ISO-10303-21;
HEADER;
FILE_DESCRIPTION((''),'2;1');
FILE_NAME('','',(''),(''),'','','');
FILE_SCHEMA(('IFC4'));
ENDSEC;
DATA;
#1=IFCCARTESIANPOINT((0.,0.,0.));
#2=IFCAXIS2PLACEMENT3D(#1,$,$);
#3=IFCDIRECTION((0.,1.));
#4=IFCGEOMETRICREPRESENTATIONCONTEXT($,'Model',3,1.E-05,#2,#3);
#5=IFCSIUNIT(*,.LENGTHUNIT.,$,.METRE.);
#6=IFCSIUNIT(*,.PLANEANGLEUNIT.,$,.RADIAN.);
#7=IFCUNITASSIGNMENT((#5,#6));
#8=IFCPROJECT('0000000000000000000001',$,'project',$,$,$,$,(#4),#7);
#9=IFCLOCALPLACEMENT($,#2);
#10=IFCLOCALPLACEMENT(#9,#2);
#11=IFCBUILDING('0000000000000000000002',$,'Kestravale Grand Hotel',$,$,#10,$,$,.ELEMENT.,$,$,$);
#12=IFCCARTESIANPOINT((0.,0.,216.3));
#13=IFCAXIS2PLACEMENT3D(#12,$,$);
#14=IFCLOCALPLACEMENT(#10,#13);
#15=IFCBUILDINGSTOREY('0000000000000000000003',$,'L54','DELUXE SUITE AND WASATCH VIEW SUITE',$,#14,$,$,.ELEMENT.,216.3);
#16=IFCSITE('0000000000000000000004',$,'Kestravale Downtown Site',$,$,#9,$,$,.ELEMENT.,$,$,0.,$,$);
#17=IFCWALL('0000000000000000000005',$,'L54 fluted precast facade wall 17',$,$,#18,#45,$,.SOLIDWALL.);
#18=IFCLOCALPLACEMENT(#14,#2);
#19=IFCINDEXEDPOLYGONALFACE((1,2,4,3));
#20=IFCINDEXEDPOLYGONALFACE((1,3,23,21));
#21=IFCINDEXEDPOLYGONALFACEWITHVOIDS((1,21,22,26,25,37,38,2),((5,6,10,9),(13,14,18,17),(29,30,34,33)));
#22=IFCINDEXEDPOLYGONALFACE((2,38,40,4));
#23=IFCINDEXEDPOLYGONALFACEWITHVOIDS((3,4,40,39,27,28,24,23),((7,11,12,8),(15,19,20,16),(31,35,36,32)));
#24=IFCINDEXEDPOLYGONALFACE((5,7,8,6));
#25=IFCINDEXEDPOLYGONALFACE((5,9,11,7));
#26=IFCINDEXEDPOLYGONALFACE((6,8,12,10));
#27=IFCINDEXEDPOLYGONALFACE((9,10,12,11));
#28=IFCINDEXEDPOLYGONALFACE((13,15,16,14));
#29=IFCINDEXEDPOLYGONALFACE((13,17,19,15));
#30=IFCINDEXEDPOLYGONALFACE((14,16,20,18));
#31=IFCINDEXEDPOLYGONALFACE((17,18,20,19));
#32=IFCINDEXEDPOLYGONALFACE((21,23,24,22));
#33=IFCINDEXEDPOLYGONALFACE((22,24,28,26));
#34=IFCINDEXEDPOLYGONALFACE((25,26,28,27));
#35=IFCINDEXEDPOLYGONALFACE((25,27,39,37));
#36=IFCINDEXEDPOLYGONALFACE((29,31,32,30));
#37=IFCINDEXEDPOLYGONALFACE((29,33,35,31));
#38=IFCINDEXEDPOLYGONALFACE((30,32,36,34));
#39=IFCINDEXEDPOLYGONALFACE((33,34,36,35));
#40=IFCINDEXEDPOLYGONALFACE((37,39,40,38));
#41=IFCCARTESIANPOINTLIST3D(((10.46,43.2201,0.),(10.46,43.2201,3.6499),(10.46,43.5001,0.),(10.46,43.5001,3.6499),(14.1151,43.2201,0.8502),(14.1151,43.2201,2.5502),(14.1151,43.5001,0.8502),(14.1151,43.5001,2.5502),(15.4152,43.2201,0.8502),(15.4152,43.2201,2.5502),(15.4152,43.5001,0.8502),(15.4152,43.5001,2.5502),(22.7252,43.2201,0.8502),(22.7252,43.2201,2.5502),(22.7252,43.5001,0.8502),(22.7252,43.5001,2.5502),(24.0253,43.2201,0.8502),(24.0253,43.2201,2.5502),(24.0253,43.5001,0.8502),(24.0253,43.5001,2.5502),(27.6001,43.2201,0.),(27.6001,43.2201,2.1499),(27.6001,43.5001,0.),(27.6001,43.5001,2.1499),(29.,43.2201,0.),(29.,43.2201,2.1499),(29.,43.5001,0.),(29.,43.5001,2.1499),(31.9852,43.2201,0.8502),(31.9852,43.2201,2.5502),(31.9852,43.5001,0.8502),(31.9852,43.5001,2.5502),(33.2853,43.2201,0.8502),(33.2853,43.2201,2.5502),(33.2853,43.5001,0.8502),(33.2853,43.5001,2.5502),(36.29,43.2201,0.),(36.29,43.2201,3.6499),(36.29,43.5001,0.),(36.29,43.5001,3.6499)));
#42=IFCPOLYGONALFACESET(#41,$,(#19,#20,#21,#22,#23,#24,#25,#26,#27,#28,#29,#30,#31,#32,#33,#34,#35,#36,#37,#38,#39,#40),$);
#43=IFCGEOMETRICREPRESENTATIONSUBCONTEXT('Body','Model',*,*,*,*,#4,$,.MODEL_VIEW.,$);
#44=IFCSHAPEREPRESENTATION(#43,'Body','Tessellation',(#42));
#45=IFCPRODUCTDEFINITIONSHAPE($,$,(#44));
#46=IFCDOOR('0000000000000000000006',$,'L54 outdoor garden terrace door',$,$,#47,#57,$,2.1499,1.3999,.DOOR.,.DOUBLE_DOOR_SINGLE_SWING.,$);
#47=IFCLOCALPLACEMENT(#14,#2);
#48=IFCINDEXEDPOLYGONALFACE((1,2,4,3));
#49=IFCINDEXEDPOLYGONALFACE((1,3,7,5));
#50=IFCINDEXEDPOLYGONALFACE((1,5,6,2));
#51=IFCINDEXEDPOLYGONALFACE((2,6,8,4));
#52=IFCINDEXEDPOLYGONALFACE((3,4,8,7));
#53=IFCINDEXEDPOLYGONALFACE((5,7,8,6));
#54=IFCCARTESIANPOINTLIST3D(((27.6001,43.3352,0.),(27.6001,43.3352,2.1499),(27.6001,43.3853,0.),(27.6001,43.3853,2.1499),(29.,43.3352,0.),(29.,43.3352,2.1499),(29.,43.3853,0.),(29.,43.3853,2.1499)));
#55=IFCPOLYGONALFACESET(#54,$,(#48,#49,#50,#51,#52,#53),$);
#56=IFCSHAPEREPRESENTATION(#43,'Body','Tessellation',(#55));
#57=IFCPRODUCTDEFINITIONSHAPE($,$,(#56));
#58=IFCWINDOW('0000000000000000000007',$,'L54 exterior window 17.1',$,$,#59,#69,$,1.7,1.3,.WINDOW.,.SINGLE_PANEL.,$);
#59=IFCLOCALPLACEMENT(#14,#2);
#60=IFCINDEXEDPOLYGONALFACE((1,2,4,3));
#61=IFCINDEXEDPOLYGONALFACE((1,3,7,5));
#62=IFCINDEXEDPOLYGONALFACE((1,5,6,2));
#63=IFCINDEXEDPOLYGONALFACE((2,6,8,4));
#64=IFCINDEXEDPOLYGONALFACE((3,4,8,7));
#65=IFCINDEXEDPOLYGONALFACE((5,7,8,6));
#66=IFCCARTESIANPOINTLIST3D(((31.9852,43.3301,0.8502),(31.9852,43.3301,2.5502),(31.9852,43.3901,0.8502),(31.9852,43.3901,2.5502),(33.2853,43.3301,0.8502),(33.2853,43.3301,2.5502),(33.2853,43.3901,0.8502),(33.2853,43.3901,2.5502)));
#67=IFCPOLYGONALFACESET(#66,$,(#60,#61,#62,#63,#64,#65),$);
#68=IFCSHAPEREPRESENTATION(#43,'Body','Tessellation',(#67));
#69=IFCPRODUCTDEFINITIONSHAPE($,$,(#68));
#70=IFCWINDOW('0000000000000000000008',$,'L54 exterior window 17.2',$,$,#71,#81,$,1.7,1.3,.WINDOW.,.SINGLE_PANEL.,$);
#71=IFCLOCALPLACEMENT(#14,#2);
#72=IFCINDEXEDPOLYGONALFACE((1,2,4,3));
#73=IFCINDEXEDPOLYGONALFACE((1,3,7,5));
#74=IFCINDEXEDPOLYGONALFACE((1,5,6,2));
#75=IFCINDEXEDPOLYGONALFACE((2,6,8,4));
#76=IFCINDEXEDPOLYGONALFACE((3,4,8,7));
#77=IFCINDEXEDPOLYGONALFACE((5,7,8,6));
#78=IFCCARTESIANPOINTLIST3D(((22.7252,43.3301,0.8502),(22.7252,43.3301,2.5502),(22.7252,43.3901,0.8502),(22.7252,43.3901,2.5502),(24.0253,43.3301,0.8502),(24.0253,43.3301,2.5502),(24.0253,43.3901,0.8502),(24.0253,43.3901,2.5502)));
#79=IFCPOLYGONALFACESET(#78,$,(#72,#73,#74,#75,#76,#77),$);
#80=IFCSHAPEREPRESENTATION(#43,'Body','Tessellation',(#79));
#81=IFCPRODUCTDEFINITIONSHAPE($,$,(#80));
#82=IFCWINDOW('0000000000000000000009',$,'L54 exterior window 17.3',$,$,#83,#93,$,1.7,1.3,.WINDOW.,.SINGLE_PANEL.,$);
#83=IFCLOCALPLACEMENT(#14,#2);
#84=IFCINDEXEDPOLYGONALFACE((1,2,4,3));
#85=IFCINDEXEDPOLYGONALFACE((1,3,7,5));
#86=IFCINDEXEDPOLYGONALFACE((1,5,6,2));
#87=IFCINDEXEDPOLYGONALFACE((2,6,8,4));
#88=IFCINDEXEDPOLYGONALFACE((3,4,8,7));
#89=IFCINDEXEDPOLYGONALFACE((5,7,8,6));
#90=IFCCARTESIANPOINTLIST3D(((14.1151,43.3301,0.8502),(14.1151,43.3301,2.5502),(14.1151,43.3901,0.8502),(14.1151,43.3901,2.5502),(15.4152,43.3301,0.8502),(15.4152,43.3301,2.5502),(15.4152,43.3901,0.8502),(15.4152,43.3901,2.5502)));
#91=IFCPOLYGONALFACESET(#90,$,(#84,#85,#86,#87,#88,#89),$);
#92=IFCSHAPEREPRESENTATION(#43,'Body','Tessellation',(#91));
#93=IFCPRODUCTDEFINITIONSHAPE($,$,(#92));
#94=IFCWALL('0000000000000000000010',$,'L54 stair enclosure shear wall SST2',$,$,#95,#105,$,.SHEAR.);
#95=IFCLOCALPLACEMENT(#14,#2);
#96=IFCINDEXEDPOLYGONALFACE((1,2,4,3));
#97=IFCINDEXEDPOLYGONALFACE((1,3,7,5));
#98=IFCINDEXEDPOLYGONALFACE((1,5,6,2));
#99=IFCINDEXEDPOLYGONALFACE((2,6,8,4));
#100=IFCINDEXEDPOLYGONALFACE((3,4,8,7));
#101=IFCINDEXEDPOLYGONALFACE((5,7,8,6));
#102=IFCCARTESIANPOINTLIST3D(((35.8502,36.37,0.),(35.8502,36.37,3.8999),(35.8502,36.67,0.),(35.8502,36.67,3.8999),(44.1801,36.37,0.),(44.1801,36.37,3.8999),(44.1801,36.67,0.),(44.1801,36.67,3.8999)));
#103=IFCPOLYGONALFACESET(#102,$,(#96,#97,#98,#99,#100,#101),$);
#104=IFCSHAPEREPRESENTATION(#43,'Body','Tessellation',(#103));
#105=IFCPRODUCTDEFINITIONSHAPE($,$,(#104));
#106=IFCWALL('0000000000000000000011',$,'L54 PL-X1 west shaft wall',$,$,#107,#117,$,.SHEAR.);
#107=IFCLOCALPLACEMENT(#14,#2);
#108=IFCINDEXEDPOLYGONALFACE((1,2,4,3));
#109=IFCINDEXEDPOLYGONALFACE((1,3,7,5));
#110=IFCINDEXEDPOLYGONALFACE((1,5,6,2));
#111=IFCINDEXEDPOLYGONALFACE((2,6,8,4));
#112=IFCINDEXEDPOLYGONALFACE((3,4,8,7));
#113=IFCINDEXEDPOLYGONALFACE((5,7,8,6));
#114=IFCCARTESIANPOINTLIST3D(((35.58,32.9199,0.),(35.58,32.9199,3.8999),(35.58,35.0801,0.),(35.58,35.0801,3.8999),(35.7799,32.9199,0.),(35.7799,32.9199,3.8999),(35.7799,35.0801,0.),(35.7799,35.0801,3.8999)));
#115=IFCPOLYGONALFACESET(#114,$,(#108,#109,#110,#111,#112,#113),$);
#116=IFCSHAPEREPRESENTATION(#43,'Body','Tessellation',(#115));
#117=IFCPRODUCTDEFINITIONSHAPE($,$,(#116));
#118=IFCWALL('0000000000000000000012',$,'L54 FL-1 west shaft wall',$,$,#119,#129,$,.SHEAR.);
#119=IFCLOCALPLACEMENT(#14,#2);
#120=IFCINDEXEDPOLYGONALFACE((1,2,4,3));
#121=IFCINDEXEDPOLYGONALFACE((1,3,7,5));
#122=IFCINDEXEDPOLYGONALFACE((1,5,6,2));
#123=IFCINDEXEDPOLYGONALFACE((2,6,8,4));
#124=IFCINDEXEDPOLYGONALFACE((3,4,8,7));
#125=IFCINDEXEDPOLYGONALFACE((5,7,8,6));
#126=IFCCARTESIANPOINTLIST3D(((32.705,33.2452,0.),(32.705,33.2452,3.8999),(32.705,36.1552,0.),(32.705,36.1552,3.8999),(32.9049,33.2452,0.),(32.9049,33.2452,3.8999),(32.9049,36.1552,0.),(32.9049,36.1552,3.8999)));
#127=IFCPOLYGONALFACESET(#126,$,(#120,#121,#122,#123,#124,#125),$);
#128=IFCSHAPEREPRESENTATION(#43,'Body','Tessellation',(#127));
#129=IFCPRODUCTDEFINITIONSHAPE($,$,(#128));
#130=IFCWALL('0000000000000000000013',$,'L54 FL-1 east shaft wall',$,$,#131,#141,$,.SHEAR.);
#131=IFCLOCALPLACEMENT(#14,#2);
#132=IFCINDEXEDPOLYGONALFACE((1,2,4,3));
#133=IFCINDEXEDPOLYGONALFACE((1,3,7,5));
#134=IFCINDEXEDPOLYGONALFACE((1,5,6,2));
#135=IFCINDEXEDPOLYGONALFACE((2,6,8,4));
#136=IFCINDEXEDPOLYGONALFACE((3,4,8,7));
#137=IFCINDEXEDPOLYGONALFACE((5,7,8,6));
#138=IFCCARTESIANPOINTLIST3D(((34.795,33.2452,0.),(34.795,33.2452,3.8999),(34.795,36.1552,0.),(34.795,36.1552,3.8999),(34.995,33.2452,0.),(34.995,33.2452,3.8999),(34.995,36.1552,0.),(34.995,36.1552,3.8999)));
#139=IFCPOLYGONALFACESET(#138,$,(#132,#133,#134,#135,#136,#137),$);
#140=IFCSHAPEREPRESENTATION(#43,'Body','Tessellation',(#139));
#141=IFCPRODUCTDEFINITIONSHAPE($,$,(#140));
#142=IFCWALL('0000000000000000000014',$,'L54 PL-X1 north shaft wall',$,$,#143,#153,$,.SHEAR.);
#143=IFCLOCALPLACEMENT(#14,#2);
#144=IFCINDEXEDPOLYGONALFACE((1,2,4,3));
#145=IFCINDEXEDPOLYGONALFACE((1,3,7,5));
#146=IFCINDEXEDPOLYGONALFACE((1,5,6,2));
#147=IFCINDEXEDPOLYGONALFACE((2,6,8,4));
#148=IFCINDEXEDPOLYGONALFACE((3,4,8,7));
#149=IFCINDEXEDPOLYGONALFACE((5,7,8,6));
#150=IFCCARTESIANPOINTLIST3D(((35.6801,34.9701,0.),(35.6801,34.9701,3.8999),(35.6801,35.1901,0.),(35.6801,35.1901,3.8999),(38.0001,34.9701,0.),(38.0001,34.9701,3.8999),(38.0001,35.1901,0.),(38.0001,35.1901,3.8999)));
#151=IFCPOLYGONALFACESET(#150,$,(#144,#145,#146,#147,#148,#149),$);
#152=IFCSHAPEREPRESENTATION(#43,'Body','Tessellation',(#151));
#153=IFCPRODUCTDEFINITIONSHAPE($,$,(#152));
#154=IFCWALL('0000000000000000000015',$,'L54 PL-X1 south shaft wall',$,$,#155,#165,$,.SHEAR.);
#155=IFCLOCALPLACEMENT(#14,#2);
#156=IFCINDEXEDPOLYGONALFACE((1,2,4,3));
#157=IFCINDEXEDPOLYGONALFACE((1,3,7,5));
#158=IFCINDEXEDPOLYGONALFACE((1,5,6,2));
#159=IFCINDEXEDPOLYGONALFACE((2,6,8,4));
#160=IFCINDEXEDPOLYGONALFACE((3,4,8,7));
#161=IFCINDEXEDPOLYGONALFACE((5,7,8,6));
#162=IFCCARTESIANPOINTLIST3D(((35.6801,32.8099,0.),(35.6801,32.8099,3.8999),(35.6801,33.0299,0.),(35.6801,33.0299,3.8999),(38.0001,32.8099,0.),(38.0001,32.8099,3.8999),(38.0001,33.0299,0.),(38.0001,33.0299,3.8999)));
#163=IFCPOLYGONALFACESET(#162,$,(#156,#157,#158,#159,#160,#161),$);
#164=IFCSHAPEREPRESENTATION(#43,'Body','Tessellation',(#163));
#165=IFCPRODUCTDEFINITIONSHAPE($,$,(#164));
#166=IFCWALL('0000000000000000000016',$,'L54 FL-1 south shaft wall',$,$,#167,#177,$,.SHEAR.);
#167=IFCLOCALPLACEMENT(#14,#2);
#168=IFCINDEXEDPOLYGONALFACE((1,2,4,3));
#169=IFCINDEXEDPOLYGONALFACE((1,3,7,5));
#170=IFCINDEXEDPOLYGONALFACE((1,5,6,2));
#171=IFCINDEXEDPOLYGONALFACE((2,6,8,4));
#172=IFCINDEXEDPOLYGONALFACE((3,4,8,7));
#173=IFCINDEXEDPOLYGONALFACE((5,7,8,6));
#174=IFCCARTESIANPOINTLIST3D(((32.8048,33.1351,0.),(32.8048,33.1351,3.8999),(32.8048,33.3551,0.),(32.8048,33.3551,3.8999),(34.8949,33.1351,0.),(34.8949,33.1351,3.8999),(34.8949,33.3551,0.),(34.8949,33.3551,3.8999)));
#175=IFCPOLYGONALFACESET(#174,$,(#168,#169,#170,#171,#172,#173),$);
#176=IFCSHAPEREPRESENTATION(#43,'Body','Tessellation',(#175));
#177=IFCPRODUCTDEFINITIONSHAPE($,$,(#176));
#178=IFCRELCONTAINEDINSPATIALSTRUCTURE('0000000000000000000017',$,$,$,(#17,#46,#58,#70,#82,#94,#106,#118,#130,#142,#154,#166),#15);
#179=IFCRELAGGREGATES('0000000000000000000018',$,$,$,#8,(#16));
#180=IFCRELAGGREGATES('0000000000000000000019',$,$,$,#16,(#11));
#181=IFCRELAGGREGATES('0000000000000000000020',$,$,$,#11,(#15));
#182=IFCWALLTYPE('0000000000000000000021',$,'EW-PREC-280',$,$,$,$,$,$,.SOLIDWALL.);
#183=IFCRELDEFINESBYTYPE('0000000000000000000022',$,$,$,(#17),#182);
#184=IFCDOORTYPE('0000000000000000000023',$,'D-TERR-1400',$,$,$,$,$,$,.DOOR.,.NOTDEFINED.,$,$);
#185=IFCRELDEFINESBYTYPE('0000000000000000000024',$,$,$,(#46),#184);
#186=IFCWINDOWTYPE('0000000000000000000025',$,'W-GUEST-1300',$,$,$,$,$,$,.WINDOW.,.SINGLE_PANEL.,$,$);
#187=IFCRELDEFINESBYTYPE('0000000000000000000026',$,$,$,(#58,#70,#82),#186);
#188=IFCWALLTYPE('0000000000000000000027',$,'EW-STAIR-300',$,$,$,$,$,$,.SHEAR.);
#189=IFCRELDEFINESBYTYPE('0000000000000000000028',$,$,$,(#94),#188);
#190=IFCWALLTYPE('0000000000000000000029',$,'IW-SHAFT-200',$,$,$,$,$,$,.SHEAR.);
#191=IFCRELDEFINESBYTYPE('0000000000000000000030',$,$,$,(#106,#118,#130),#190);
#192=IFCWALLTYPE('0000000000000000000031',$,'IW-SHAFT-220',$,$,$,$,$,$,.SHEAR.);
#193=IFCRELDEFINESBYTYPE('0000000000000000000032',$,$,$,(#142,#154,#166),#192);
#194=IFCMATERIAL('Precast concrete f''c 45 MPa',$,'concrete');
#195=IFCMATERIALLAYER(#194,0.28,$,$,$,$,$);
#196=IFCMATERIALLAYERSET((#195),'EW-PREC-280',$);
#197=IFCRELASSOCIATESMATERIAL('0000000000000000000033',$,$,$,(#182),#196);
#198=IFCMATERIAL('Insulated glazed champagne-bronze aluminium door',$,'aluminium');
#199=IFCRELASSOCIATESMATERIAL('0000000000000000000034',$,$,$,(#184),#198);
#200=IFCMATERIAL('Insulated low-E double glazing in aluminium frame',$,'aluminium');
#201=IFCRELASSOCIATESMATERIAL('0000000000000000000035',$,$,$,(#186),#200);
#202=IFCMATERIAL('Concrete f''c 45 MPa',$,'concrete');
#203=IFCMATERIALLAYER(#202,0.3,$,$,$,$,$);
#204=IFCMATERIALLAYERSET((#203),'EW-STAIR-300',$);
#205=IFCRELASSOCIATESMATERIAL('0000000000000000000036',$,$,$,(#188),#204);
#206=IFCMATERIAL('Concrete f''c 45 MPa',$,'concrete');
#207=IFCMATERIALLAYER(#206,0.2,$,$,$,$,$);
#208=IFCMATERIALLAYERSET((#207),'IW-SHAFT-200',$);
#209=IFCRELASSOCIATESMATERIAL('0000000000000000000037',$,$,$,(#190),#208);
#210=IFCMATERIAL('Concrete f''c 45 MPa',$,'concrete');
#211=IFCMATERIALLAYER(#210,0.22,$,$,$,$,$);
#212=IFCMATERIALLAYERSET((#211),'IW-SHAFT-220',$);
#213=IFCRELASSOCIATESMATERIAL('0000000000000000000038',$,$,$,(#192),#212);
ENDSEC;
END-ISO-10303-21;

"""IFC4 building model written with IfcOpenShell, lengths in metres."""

from ifc_helpers import new_model, si_unit, direction, frame, frame_2d, origin, place, context, subcontext, project, spatial, rectangle, extrude, material, layer, layer_set, type_object, element, fill, save


model = new_model("IFC4")

# Units and contexts
model_context = context("Model", 3, precision=1e-05, world=origin(), true_north=direction((0.0, 1.0)))
body_context = subcontext(model_context, "Body", "Model", "MODEL_VIEW")
ifc_project = project(units=[si_unit("LENGTHUNIT", "METRE"), si_unit("PLANEANGLEUNIT", "RADIAN")], contexts=[model_context])

# Site, building, storey
site_placement = place(None, origin())
site = spatial("IfcSite", under=ifc_project, at=site_placement, Name="Kestravale Downtown Site", CompositionType="ELEMENT", RefElevation=0.0)
building_placement = place(site_placement, origin())
building = spatial("IfcBuilding", under=site, at=building_placement, Name="Kestravale Grand Hotel", CompositionType="ELEMENT")
storey_placement = place(building_placement, frame((0.0, 0.0, 216.3)))
storey = spatial("IfcBuildingStorey", under=building, at=storey_placement, Name="L54", Description="DELUXE SUITE AND WASATCH VIEW SUITE", CompositionType="ELEMENT", Elevation=216.3)

# Shared definitions
ifc_material_1 = material(Name="Precast concrete f'c 45 MPa", Category="concrete")
ifc_layer_1 = layer(ifc_material_1, 0.28)
ifc_layer_set_1 = layer_set([ifc_layer_1], Name="EW-PREC-280")
wall_type_1 = type_object("IfcWallType", Name="EW-PREC-280", PredefinedType="SOLIDWALL", material=ifc_layer_set_1)

# Wall, openings, door, windows
wall_1_placement = place(storey_placement, frame((36.29, 43.3601, 0.0), z_axis=(0.0, 0.0, 1.0), x_axis=(-1.0, 0.0, 0.0)))
wall_1 = element("IfcWall", 1, at=wall_1_placement, inside=storey, type_object=wall_type_1, Name="L54 fluted precast facade wall 17", PredefinedType="SOLIDWALL", context=body_context, shape_type="SweptSolid", body=[
    extrude(rectangle(XDim=25.8301, YDim=0.28, at=frame_2d((12.915, 0.0))), origin(), (0.0, 0.0, 1.0), 3.6499),
])
opening_1_placement = place(wall_1_placement, frame((7.29, 0.0, 0.0)))
opening_1 = element("IfcOpeningElement", 2, at=opening_1_placement, cuts=wall_1, PredefinedType="OPENING", context=body_context, shape_type="SweptSolid", body=[
    extrude(rectangle(XDim=1.3999, YDim=2.1499, at=frame_2d((0.7, 1.075))), frame((0.0, 0.1499, 0.0), z_axis=(0.0, -1.0, 0.0), x_axis=(1.0, 0.0, 0.0)), (0.0, 0.0, 1.0), 0.3),
])
opening_2_placement = place(wall_1_placement, frame((3.0049, 0.0, 0.8501)))
opening_2 = element("IfcOpeningElement", 3, at=opening_2_placement, cuts=wall_1, PredefinedType="OPENING", context=body_context, shape_type="SweptSolid", body=[
    extrude(rectangle(XDim=1.3, YDim=1.7, at=frame_2d((0.6499, 0.8501))), frame((0.0, 0.1499, 0.0), z_axis=(0.0, -1.0, 0.0), x_axis=(1.0, 0.0, 0.0)), (0.0, 0.0, 1.0), 0.3),
])
opening_3_placement = place(wall_1_placement, frame((12.2649, 0.0, 0.8501)))
opening_3 = element("IfcOpeningElement", 4, at=opening_3_placement, cuts=wall_1, PredefinedType="OPENING", context=body_context, shape_type="SweptSolid", body=[
    extrude(rectangle(XDim=1.3, YDim=1.7, at=frame_2d((0.6499, 0.8501))), frame((0.0, 0.1499, 0.0), z_axis=(0.0, -1.0, 0.0), x_axis=(1.0, 0.0, 0.0)), (0.0, 0.0, 1.0), 0.3),
])
opening_4_placement = place(wall_1_placement, frame((20.875, 0.0, 0.8501)))
opening_4 = element("IfcOpeningElement", 5, at=opening_4_placement, cuts=wall_1, PredefinedType="OPENING", context=body_context, shape_type="SweptSolid", body=[
    extrude(rectangle(XDim=1.3, YDim=1.7, at=frame_2d((0.6499, 0.8501))), frame((0.0, 0.1499, 0.0), z_axis=(0.0, -1.0, 0.0), x_axis=(1.0, 0.0, 0.0)), (0.0, 0.0, 1.0), 0.3),
])
ifc_material_2 = material(Name="Insulated glazed champagne-bronze aluminium door", Category="aluminium")
door_type_1 = type_object("IfcDoorType", Name="D-TERR-1400", OperationType="NOTDEFINED", PredefinedType="DOOR", material=ifc_material_2)
door_1_placement = place(opening_1_placement, origin())
door_1 = element("IfcDoor", 6, at=door_1_placement, inside=storey, type_object=door_type_1, Name="L54 outdoor garden terrace door", OperationType="DOUBLE_DOOR_SINGLE_SWING", OverallHeight=2.1499, OverallWidth=1.3999, PredefinedType="DOOR", context=body_context, shape_type="SweptSolid", body=[
    extrude(rectangle(XDim=1.3999, YDim=2.1499, at=frame_2d((0.7, 1.075))), frame((0.0, 0.0249, 0.0), z_axis=(0.0, -1.0, 0.0), x_axis=(1.0, 0.0, 0.0)), (0.0, 0.0, 1.0), 0.05),
])
fill(opening_1, door_1)
ifc_material_3 = material(Name="Insulated low-E double glazing in aluminium frame", Category="aluminium")
window_type = type_object("IfcWindowType", Name="W-GUEST-1300", PartitioningType="SINGLE_PANEL", PredefinedType="WINDOW", material=ifc_material_3)
window_1_placement = place(opening_2_placement, origin())
window_1 = element("IfcWindow", 7, at=window_1_placement, inside=storey, type_object=window_type, Name="L54 exterior window 17.1", OverallHeight=1.7, OverallWidth=1.3, PartitioningType="SINGLE_PANEL", PredefinedType="WINDOW", context=body_context, shape_type="SweptSolid", body=[
    extrude(rectangle(XDim=1.3, YDim=1.7, at=frame_2d((0.6499, 0.8501))), frame((0.0, 0.03, 0.0), z_axis=(0.0, -1.0, 0.0), x_axis=(1.0, 0.0, 0.0)), (0.0, 0.0, 1.0), 0.0601),
])
fill(opening_2, window_1)
window_2_placement = place(opening_3_placement, origin())
window_2 = element("IfcWindow", 8, at=window_2_placement, inside=storey, type_object=window_type, Name="L54 exterior window 17.2", OverallHeight=1.7, OverallWidth=1.3, PartitioningType="SINGLE_PANEL", PredefinedType="WINDOW", context=body_context, shape_type="SweptSolid", body=[
    extrude(rectangle(XDim=1.3, YDim=1.7, at=frame_2d((0.6499, 0.8501))), frame((0.0, 0.03, 0.0), z_axis=(0.0, -1.0, 0.0), x_axis=(1.0, 0.0, 0.0)), (0.0, 0.0, 1.0), 0.0601),
])
fill(opening_3, window_2)
window_3_placement = place(opening_4_placement, origin())
window_3 = element("IfcWindow", 9, at=window_3_placement, inside=storey, type_object=window_type, Name="L54 exterior window 17.3", OverallHeight=1.7, OverallWidth=1.3, PartitioningType="SINGLE_PANEL", PredefinedType="WINDOW", context=body_context, shape_type="SweptSolid", body=[
    extrude(rectangle(XDim=1.3, YDim=1.7, at=frame_2d((0.6499, 0.8501))), frame((0.0, 0.03, 0.0), z_axis=(0.0, -1.0, 0.0), x_axis=(1.0, 0.0, 0.0)), (0.0, 0.0, 1.0), 0.0601),
])
fill(opening_4, window_3)

# Wall
ifc_material_4 = material(Name="Concrete f'c 45 MPa", Category="concrete")
ifc_layer_2 = layer(ifc_material_4, 0.3)
ifc_layer_set_2 = layer_set([ifc_layer_2], Name="EW-STAIR-300")
wall_type_2 = type_object("IfcWallType", Name="EW-STAIR-300", PredefinedType="SHEAR", material=ifc_layer_set_2)
wall_2_placement = place(storey_placement, frame((35.8501, 36.52, 0.0), z_axis=(0.0, 0.0, 1.0), x_axis=(1.0, 0.0, 0.0)))
element("IfcWall", 10, at=wall_2_placement, inside=storey, type_object=wall_type_2, Name="L54 stair enclosure shear wall SST2", PredefinedType="SHEAR", context=body_context, shape_type="SweptSolid", body=[
    extrude(rectangle(XDim=8.3298, YDim=0.3, at=frame_2d((4.165, 0.0))), origin(), (0.0, 0.0, 1.0), 3.8999),
])

# Walls
ifc_material_5 = material(Name="Concrete f'c 45 MPa", Category="concrete")
ifc_layer_3 = layer(ifc_material_5, 0.2)
ifc_layer_set_3 = layer_set([ifc_layer_3], Name="IW-SHAFT-200")
wall_type_3 = type_object("IfcWallType", Name="IW-SHAFT-200", PredefinedType="SHEAR", material=ifc_layer_set_3)
wall_3_placement = place(storey_placement, frame((35.6799, 32.9199, 0.0), z_axis=(0.0, 0.0, 1.0), x_axis=(0.0, 1.0, 0.0)))
element("IfcWall", 11, at=wall_3_placement, inside=storey, type_object=wall_type_3, Name="L54 PL-X1 west shaft wall", PredefinedType="SHEAR", context=body_context, shape_type="SweptSolid", body=[
    extrude(rectangle(XDim=2.1602, YDim=0.2, at=frame_2d((1.0801, 0.0))), origin(), (0.0, 0.0, 1.0), 3.8999),
])
for number, where, z_axis, x_axis, name in (
    (12, (32.8049, 33.2451, 0.0), (0.0, 0.0, 1.0), (0.0, 1.0, 0.0), "L54 FL-1 west shaft wall"),
    (13, (34.895, 33.2451, 0.0), (0.0, 0.0, 1.0), (0.0, 1.0, 0.0), "L54 FL-1 east shaft wall"),
):
    element("IfcWall", number, at=place(storey_placement, frame(where, z_axis=z_axis, x_axis=x_axis)), inside=storey, type_object=wall_type_3, Name=name, PredefinedType="SHEAR", context=body_context, shape_type="SweptSolid", body=[
        extrude(rectangle(XDim=2.9099, YDim=0.2, at=frame_2d((1.4551, 0.0))), origin(), (0.0, 0.0, 1.0), 3.8999),
    ])
ifc_material_6 = material(Name="Concrete f'c 45 MPa", Category="concrete")
ifc_layer_4 = layer(ifc_material_6, 0.22)
ifc_layer_set_4 = layer_set([ifc_layer_4], Name="IW-SHAFT-220")
wall_type_4 = type_object("IfcWallType", Name="IW-SHAFT-220", PredefinedType="SHEAR", material=ifc_layer_set_4)
for number, where, z_axis, x_axis, name in (
    (14, (35.6799, 35.0801, 0.0), (0.0, 0.0, 1.0), (1.0, 0.0, 0.0), "L54 PL-X1 north shaft wall"),
    (15, (35.6799, 32.9199, 0.0), (0.0, 0.0, 1.0), (1.0, 0.0, 0.0), "L54 PL-X1 south shaft wall"),
):
    element("IfcWall", number, at=place(storey_placement, frame(where, z_axis=z_axis, x_axis=x_axis)), inside=storey, type_object=wall_type_4, Name=name, PredefinedType="SHEAR", context=body_context, shape_type="SweptSolid", body=[
        extrude(rectangle(XDim=2.3201, YDim=0.22, at=frame_2d((1.1602, 0.0))), origin(), (0.0, 0.0, 1.0), 3.8999),
    ])

# Wall
wall_4_placement = place(storey_placement, frame((32.8049, 33.2451, 0.0), z_axis=(0.0, 0.0, 1.0), x_axis=(1.0, 0.0, 0.0)))
element("IfcWall", 16, at=wall_4_placement, inside=storey, type_object=wall_type_4, Name="L54 FL-1 south shaft wall", PredefinedType="SHEAR", context=body_context, shape_type="SweptSolid", body=[
    extrude(rectangle(XDim=2.0901, YDim=0.22, at=frame_2d((1.0449, 0.0))), origin(), (0.0, 0.0, 1.0), 3.8999),
])

save(model, "model.ifc")
